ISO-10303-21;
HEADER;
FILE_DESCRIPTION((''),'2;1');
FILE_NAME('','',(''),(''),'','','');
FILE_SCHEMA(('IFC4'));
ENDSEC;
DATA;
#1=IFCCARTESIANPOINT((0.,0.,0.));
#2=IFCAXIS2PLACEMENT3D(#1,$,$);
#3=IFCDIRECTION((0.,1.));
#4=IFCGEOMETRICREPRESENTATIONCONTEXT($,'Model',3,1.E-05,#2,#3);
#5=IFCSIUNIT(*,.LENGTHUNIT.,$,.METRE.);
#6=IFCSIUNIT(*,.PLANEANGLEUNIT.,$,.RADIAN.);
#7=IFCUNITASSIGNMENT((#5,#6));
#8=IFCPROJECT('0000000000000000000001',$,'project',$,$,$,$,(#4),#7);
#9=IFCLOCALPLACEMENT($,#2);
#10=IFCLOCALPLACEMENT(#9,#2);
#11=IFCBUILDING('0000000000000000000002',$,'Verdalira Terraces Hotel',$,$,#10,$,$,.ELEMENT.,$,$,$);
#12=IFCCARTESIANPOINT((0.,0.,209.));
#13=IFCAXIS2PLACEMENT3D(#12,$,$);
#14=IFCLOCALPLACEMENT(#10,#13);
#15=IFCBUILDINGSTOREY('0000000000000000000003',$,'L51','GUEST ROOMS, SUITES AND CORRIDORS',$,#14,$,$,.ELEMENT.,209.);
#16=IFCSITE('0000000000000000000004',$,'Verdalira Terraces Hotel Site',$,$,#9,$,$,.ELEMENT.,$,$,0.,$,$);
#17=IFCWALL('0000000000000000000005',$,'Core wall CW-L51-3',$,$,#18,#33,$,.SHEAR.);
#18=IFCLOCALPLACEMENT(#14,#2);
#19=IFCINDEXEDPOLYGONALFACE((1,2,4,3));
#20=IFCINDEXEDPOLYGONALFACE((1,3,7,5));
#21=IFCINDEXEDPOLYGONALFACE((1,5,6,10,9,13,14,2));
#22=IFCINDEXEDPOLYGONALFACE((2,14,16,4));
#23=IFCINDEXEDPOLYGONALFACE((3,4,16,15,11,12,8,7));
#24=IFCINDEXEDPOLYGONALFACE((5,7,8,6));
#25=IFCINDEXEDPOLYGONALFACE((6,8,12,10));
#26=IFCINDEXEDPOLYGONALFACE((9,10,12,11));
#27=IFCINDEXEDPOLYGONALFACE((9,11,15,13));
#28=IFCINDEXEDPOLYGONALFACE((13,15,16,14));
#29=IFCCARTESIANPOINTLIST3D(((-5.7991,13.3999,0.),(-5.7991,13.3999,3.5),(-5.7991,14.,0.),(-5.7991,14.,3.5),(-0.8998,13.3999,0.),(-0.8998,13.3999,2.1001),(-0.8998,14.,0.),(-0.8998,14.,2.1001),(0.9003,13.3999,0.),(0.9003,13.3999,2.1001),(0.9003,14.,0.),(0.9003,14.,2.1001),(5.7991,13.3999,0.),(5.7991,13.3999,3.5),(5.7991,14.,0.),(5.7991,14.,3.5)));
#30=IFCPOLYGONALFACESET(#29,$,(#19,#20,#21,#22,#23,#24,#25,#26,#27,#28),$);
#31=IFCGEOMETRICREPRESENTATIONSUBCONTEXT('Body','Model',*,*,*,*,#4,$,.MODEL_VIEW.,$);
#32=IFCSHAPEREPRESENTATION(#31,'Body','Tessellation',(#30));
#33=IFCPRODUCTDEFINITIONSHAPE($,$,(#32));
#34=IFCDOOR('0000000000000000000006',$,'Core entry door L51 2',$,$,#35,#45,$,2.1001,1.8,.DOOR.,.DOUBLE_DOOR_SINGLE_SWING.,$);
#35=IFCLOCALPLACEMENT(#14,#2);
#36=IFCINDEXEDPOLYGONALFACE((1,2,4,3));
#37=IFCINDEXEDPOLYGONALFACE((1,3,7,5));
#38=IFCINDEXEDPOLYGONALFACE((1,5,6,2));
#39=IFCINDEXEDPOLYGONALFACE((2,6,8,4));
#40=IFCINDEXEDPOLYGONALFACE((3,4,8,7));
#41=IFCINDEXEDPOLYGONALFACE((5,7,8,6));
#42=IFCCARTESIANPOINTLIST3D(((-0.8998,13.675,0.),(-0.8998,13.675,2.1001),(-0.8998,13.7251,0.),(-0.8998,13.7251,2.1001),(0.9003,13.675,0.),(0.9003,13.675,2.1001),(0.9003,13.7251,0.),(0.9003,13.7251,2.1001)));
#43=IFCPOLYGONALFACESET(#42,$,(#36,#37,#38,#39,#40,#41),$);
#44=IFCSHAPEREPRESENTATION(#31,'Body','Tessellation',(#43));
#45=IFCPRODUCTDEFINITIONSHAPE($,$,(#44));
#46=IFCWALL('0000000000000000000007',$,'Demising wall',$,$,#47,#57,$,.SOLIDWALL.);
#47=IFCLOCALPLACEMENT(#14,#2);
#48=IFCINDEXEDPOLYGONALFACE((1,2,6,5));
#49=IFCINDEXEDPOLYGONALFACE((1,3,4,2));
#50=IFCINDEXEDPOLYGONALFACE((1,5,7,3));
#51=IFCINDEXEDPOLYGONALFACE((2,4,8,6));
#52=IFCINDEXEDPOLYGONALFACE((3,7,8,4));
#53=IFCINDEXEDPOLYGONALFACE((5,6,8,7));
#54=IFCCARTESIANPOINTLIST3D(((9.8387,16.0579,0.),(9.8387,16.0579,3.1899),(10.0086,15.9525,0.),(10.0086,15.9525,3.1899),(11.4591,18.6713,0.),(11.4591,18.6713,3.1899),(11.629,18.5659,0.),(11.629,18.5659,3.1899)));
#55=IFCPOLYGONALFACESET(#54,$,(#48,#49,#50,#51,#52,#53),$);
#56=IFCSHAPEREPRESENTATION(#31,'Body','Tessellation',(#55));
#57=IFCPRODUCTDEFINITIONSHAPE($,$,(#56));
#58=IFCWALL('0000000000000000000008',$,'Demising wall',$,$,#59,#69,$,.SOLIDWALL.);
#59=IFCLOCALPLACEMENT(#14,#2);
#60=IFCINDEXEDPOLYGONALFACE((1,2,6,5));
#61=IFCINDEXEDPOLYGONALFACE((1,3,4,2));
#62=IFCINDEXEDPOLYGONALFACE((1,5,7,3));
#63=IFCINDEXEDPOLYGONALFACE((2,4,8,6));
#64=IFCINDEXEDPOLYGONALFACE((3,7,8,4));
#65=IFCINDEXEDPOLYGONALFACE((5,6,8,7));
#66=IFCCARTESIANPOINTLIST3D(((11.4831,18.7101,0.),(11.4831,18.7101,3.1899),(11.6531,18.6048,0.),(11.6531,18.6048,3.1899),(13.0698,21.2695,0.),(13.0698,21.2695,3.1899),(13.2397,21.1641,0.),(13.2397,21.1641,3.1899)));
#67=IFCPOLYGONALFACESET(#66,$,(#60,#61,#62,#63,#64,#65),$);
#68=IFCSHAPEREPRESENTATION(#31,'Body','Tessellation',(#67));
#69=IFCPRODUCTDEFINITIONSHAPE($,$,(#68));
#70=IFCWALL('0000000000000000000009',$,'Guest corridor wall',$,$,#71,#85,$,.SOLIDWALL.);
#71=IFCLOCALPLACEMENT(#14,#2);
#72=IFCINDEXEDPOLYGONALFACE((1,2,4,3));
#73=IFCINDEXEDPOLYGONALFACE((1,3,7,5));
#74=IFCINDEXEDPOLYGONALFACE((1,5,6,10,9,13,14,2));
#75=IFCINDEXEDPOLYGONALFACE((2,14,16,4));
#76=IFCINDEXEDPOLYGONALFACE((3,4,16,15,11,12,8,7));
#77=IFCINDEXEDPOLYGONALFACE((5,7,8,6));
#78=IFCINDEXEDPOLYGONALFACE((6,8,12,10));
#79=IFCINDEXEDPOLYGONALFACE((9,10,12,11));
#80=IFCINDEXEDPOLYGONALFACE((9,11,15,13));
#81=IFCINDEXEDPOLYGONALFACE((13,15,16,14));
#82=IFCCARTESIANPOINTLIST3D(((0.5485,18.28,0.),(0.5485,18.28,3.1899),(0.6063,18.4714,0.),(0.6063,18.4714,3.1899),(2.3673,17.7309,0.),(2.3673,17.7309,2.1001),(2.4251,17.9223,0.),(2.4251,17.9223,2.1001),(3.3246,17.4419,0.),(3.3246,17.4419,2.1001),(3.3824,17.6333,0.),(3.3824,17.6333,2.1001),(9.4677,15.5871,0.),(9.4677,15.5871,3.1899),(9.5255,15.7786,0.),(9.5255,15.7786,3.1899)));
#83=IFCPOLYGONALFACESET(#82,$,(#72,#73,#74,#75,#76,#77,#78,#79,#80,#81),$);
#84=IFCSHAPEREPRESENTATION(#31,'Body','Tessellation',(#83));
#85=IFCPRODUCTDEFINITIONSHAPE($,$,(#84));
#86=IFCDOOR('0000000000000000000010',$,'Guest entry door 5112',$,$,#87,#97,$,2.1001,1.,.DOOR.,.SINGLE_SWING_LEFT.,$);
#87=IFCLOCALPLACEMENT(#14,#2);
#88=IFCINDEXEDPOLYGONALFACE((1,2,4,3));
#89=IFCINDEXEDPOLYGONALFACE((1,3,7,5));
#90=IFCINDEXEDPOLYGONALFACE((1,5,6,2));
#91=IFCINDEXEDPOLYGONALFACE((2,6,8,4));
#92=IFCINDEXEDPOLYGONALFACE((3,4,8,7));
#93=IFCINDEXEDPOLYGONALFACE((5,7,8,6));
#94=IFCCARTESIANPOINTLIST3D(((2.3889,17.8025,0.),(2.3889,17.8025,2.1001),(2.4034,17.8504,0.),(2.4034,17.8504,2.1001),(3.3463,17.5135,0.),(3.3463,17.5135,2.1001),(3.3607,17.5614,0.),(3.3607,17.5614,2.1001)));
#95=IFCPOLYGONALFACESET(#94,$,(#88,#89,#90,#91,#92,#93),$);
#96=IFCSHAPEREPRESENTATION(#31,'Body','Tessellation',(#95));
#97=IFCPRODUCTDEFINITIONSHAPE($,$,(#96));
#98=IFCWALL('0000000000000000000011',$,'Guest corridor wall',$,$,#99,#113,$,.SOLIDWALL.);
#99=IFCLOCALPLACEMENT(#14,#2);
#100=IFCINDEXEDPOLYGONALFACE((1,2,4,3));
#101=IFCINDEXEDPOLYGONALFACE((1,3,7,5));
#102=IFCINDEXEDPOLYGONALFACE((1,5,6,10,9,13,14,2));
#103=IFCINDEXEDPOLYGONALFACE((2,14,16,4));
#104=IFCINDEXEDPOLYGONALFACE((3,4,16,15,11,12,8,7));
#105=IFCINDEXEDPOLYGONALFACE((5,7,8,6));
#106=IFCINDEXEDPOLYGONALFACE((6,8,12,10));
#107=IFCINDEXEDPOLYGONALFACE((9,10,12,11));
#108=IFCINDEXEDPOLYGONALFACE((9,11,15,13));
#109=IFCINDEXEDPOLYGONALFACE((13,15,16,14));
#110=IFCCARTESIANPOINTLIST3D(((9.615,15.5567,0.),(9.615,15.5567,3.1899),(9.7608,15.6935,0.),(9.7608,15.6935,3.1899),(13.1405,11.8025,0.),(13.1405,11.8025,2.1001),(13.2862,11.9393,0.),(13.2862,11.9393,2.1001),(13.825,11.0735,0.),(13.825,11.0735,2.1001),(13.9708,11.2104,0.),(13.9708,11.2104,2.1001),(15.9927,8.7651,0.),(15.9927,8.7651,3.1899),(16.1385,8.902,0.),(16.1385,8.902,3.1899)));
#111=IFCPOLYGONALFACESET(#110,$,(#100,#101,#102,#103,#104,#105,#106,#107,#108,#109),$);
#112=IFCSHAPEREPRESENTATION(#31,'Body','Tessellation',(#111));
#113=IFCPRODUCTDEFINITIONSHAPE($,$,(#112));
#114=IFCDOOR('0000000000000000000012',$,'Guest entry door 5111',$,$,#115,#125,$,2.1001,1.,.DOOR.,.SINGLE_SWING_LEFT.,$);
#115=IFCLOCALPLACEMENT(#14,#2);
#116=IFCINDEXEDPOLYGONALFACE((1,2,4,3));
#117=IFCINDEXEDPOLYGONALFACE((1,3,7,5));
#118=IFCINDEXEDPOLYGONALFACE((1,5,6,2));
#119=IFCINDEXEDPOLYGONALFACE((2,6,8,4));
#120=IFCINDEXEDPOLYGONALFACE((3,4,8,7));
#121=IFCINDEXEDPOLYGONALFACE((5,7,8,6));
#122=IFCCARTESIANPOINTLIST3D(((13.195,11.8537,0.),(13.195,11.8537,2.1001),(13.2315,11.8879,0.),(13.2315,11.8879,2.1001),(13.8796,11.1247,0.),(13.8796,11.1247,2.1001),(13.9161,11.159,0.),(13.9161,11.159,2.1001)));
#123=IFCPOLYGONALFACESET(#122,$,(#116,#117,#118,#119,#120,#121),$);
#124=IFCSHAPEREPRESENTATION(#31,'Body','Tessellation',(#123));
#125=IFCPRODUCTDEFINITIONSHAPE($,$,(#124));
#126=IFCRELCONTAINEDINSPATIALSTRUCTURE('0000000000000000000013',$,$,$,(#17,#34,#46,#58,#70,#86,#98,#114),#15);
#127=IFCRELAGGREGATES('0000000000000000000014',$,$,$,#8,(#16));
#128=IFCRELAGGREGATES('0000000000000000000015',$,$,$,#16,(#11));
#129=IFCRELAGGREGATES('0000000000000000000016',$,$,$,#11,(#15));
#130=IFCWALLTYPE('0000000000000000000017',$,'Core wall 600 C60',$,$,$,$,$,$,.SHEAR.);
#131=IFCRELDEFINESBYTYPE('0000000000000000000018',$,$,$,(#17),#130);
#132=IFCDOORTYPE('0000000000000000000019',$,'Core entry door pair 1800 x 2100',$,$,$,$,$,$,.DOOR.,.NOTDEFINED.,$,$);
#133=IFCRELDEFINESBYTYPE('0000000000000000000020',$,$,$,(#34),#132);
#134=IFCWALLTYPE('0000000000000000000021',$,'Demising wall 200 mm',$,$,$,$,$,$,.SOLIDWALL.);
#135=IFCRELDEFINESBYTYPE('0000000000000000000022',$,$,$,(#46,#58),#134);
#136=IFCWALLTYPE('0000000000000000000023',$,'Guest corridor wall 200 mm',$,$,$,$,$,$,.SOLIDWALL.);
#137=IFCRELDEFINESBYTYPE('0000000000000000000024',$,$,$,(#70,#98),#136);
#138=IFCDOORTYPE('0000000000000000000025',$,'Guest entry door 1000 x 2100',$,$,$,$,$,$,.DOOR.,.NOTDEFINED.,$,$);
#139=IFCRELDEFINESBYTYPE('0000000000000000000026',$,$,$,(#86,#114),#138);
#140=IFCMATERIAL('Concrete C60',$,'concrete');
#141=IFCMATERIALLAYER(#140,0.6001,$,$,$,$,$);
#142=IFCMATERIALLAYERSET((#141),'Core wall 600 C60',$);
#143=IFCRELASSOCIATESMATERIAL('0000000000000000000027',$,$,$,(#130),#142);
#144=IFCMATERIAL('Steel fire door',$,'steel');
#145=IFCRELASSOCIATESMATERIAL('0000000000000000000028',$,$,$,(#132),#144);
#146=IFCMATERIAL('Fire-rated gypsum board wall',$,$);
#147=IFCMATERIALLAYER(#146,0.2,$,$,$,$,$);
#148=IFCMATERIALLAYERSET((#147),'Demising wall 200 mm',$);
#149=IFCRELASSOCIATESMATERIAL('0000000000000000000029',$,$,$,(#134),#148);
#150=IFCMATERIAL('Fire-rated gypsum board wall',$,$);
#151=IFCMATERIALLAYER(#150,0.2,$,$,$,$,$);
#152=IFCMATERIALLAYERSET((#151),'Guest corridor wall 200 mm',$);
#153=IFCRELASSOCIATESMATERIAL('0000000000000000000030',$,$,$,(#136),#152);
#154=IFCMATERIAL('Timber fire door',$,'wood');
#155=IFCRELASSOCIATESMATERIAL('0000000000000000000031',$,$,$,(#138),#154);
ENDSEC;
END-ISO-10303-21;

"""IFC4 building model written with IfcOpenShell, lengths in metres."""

from ifc_helpers import new_model, si_unit, direction, frame, frame_2d, origin, place, context, subcontext, project, spatial, rectangle, extrude, material, layer, layer_set, type_object, element, fill, save


model = new_model("IFC4")

# Units and contexts
model_context = context("Model", 3, precision=1e-05, world=origin(), true_north=direction((0.0, 1.0)))
body_context = subcontext(model_context, "Body", "Model", "MODEL_VIEW")
ifc_project = project(units=[si_unit("LENGTHUNIT", "METRE"), si_unit("PLANEANGLEUNIT", "RADIAN")], contexts=[model_context])

# Site, building, storey
site_placement = place(None, origin())
site = spatial("IfcSite", under=ifc_project, at=site_placement, Name="Verdalira Terraces Hotel Site", CompositionType="ELEMENT", RefElevation=0.0)
building_placement = place(site_placement, origin())
building = spatial("IfcBuilding", under=site, at=building_placement, Name="Verdalira Terraces Hotel", CompositionType="ELEMENT")
storey_placement = place(building_placement, frame((0.0, 0.0, 209.0)))
storey = spatial("IfcBuildingStorey", under=building, at=storey_placement, Name="L51", Description="GUEST ROOMS, SUITES AND CORRIDORS", CompositionType="ELEMENT", Elevation=209.0)

# Wall, opening, door
ifc_material_1 = material(Name="Concrete C60", Category="concrete")
ifc_layer_1 = layer(ifc_material_1, 0.6001)
ifc_layer_set_1 = layer_set([ifc_layer_1], Name="Core wall 600 C60")
wall_type_1 = type_object("IfcWallType", Name="Core wall 600 C60", PredefinedType="SHEAR", material=ifc_layer_set_1)
wall_1_placement = place(storey_placement, frame((5.7991, 13.7, 0.0), z_axis=(0.0, 0.0, 1.0), x_axis=(-1.0, 0.0, 0.0)))
wall_1 = element("IfcWall", 1, at=wall_1_placement, inside=storey, type_object=wall_type_1, Name="Core wall CW-L51-3", PredefinedType="SHEAR", context=body_context, shape_type="SweptSolid", body=[
    extrude(rectangle(XDim=11.5981, YDim=0.6001, at=frame_2d((5.7991, 0.0))), origin(), (0.0, 0.0, 1.0), 3.5),
])
opening_1_placement = place(wall_1_placement, frame((4.8989, 0.0, 0.0)))
opening_1 = element("IfcOpeningElement", 2, at=opening_1_placement, cuts=wall_1, PredefinedType="OPENING", context=body_context, shape_type="SweptSolid", body=[
    extrude(rectangle(XDim=1.8, YDim=2.1001, at=frame_2d((0.8999, 1.05))), frame((0.0, 0.3101, 0.0), z_axis=(0.0, -1.0, 0.0), x_axis=(1.0, 0.0, 0.0)), (0.0, 0.0, 1.0), 0.6201),
])
ifc_material_2 = material(Name="Steel fire door", Category="steel")
door_type_1 = type_object("IfcDoorType", Name="Core entry door pair 1800 x 2100", OperationType="NOTDEFINED", PredefinedType="DOOR", material=ifc_material_2)
door_1_placement = place(opening_1_placement, origin())
door_1 = element("IfcDoor", 3, at=door_1_placement, inside=storey, type_object=door_type_1, Name="Core entry door L51 2", OperationType="DOUBLE_DOOR_SINGLE_SWING", OverallHeight=2.1001, OverallWidth=1.8, PredefinedType="DOOR", context=body_context, shape_type="SweptSolid", body=[
    extrude(rectangle(XDim=1.8, YDim=2.1001, at=frame_2d((0.8999, 1.05))), frame((0.0, 0.0249, 0.0), z_axis=(0.0, -1.0, 0.0), x_axis=(1.0, 0.0, 0.0)), (0.0, 0.0, 1.0), 0.05),
])
fill(opening_1, door_1)

# Walls
ifc_material_3 = material(Name="Fire-rated gypsum board wall")
ifc_layer_2 = layer(ifc_material_3, 0.2)
ifc_layer_set_2 = layer_set([ifc_layer_2], Name="Demising wall 200 mm")
wall_type_2 = type_object("IfcWallType", Name="Demising wall 200 mm", PredefinedType="SOLIDWALL", material=ifc_layer_set_2)
wall_2_placement = place(storey_placement, frame((9.9236, 16.0051, 0.0), z_axis=(0.0, 0.0, 1.0), x_axis=(0.526969, 0.849884, 0.0)))
element("IfcWall", 4, at=wall_2_placement, inside=storey, type_object=wall_type_2, Name="Demising wall", PredefinedType="SOLIDWALL", context=body_context, shape_type="SweptSolid", body=[
    extrude(rectangle(XDim=3.075, YDim=0.2, at=frame_2d((1.5376, 0.0))), origin(), (0.0, 0.0, 1.0), 3.1899),
])
wall_3_placement = place(storey_placement, frame((11.5681, 18.6575, 0.0), z_axis=(0.0, 0.0, 1.0), x_axis=(0.526913, 0.849919, 0.0)))
element("IfcWall", 5, at=wall_3_placement, inside=storey, type_object=wall_type_2, Name="Demising wall", PredefinedType="SOLIDWALL", context=body_context, shape_type="SweptSolid", body=[
    extrude(rectangle(XDim=3.0112, YDim=0.2, at=frame_2d((1.5056, 0.0))), origin(), (0.0, 0.0, 1.0), 3.1899),
])

# Walls, openings, doors
ifc_material_4 = material(Name="Fire-rated gypsum board wall")
ifc_layer_3 = layer(ifc_material_4, 0.2)
ifc_layer_set_3 = layer_set([ifc_layer_3], Name="Guest corridor wall 200 mm")
wall_type_3 = type_object("IfcWallType", Name="Guest corridor wall 200 mm", PredefinedType="SOLIDWALL", material=ifc_layer_set_3)
wall_4_placement = place(storey_placement, frame((0.5774, 18.3757, 0.0), z_axis=(0.0, 0.0, 1.0), x_axis=(0.957319, -0.289033, 0.0)))
wall_4 = element("IfcWall", 6, at=wall_4_placement, inside=storey, type_object=wall_type_3, Name="Guest corridor wall", PredefinedType="SOLIDWALL", context=body_context, shape_type="SweptSolid", body=[
    extrude(rectangle(XDim=9.3169, YDim=0.2, at=frame_2d((4.6584, 0.0))), origin(), (0.0, 0.0, 1.0), 3.1899),
])
opening_2_placement = place(wall_4_placement, frame((1.8999, 0.0, 0.0)))
opening_2 = element("IfcOpeningElement", 7, at=opening_2_placement, cuts=wall_4, PredefinedType="OPENING", context=body_context, shape_type="SweptSolid", body=[
    extrude(rectangle(XDim=1.0, YDim=2.1001, at=frame_2d((0.5, 1.05))), frame((0.0, 0.1099, 0.0), z_axis=(0.0, -1.0, 0.0), x_axis=(1.0, 0.0, 0.0)), (0.0, 0.0, 1.0), 0.22),
])
ifc_material_5 = material(Name="Timber fire door", Category="wood")
door_type_2 = type_object("IfcDoorType", Name="Guest entry door 1000 x 2100", OperationType="NOTDEFINED", PredefinedType="DOOR", material=ifc_material_5)
door_2_placement = place(opening_2_placement, origin())
door_2 = element("IfcDoor", 8, at=door_2_placement, inside=storey, type_object=door_type_2, Name="Guest entry door 5112", OperationType="SINGLE_SWING_LEFT", OverallHeight=2.1001, OverallWidth=1.0, PredefinedType="DOOR", context=body_context, shape_type="SweptSolid", body=[
    extrude(rectangle(XDim=1.0, YDim=2.1001, at=frame_2d((0.5, 1.05))), frame((0.0, 0.0249, 0.0), z_axis=(0.0, -1.0, 0.0), x_axis=(1.0, 0.0, 0.0)), (0.0, 0.0, 1.0), 0.05),
])
fill(opening_2, door_2)
wall_5_placement = place(storey_placement, frame((9.688, 15.625, 0.0), z_axis=(0.0, 0.0, 1.0), x_axis=(0.684549, -0.728967, 0.0)))
wall_5 = element("IfcWall", 9, at=wall_5_placement, inside=storey, type_object=wall_type_3, Name="Guest corridor wall", PredefinedType="SOLIDWALL", context=body_context, shape_type="SweptSolid", body=[
    extrude(rectangle(XDim=9.3166, YDim=0.2, at=frame_2d((4.6582, 0.0))), origin(), (0.0, 0.0, 1.0), 3.1899),
])
opening_3_placement = place(wall_5_placement, frame((5.1499, 0.0, 0.0)))
opening_3 = element("IfcOpeningElement", 10, at=opening_3_placement, cuts=wall_5, PredefinedType="OPENING", context=body_context, shape_type="SweptSolid", body=[
    extrude(rectangle(XDim=1.0, YDim=2.1001, at=frame_2d((0.5, 1.05))), frame((0.0, 0.1099, 0.0), z_axis=(0.0, -1.0, 0.0), x_axis=(1.0, 0.0, 0.0)), (0.0, 0.0, 1.0), 0.22),
])
door_3_placement = place(opening_3_placement, origin())
door_3 = element("IfcDoor", 11, at=door_3_placement, inside=storey, type_object=door_type_2, Name="Guest entry door 5111", OperationType="SINGLE_SWING_LEFT", OverallHeight=2.1001, OverallWidth=1.0, PredefinedType="DOOR", context=body_context, shape_type="SweptSolid", body=[
    extrude(rectangle(XDim=1.0, YDim=2.1001, at=frame_2d((0.5, 1.05))), frame((0.0, 0.0249, 0.0), z_axis=(0.0, -1.0, 0.0), x_axis=(1.0, 0.0, 0.0)), (0.0, 0.0, 1.0), 0.05),
])
fill(opening_3, door_3)

save(model, "model.ifc")
